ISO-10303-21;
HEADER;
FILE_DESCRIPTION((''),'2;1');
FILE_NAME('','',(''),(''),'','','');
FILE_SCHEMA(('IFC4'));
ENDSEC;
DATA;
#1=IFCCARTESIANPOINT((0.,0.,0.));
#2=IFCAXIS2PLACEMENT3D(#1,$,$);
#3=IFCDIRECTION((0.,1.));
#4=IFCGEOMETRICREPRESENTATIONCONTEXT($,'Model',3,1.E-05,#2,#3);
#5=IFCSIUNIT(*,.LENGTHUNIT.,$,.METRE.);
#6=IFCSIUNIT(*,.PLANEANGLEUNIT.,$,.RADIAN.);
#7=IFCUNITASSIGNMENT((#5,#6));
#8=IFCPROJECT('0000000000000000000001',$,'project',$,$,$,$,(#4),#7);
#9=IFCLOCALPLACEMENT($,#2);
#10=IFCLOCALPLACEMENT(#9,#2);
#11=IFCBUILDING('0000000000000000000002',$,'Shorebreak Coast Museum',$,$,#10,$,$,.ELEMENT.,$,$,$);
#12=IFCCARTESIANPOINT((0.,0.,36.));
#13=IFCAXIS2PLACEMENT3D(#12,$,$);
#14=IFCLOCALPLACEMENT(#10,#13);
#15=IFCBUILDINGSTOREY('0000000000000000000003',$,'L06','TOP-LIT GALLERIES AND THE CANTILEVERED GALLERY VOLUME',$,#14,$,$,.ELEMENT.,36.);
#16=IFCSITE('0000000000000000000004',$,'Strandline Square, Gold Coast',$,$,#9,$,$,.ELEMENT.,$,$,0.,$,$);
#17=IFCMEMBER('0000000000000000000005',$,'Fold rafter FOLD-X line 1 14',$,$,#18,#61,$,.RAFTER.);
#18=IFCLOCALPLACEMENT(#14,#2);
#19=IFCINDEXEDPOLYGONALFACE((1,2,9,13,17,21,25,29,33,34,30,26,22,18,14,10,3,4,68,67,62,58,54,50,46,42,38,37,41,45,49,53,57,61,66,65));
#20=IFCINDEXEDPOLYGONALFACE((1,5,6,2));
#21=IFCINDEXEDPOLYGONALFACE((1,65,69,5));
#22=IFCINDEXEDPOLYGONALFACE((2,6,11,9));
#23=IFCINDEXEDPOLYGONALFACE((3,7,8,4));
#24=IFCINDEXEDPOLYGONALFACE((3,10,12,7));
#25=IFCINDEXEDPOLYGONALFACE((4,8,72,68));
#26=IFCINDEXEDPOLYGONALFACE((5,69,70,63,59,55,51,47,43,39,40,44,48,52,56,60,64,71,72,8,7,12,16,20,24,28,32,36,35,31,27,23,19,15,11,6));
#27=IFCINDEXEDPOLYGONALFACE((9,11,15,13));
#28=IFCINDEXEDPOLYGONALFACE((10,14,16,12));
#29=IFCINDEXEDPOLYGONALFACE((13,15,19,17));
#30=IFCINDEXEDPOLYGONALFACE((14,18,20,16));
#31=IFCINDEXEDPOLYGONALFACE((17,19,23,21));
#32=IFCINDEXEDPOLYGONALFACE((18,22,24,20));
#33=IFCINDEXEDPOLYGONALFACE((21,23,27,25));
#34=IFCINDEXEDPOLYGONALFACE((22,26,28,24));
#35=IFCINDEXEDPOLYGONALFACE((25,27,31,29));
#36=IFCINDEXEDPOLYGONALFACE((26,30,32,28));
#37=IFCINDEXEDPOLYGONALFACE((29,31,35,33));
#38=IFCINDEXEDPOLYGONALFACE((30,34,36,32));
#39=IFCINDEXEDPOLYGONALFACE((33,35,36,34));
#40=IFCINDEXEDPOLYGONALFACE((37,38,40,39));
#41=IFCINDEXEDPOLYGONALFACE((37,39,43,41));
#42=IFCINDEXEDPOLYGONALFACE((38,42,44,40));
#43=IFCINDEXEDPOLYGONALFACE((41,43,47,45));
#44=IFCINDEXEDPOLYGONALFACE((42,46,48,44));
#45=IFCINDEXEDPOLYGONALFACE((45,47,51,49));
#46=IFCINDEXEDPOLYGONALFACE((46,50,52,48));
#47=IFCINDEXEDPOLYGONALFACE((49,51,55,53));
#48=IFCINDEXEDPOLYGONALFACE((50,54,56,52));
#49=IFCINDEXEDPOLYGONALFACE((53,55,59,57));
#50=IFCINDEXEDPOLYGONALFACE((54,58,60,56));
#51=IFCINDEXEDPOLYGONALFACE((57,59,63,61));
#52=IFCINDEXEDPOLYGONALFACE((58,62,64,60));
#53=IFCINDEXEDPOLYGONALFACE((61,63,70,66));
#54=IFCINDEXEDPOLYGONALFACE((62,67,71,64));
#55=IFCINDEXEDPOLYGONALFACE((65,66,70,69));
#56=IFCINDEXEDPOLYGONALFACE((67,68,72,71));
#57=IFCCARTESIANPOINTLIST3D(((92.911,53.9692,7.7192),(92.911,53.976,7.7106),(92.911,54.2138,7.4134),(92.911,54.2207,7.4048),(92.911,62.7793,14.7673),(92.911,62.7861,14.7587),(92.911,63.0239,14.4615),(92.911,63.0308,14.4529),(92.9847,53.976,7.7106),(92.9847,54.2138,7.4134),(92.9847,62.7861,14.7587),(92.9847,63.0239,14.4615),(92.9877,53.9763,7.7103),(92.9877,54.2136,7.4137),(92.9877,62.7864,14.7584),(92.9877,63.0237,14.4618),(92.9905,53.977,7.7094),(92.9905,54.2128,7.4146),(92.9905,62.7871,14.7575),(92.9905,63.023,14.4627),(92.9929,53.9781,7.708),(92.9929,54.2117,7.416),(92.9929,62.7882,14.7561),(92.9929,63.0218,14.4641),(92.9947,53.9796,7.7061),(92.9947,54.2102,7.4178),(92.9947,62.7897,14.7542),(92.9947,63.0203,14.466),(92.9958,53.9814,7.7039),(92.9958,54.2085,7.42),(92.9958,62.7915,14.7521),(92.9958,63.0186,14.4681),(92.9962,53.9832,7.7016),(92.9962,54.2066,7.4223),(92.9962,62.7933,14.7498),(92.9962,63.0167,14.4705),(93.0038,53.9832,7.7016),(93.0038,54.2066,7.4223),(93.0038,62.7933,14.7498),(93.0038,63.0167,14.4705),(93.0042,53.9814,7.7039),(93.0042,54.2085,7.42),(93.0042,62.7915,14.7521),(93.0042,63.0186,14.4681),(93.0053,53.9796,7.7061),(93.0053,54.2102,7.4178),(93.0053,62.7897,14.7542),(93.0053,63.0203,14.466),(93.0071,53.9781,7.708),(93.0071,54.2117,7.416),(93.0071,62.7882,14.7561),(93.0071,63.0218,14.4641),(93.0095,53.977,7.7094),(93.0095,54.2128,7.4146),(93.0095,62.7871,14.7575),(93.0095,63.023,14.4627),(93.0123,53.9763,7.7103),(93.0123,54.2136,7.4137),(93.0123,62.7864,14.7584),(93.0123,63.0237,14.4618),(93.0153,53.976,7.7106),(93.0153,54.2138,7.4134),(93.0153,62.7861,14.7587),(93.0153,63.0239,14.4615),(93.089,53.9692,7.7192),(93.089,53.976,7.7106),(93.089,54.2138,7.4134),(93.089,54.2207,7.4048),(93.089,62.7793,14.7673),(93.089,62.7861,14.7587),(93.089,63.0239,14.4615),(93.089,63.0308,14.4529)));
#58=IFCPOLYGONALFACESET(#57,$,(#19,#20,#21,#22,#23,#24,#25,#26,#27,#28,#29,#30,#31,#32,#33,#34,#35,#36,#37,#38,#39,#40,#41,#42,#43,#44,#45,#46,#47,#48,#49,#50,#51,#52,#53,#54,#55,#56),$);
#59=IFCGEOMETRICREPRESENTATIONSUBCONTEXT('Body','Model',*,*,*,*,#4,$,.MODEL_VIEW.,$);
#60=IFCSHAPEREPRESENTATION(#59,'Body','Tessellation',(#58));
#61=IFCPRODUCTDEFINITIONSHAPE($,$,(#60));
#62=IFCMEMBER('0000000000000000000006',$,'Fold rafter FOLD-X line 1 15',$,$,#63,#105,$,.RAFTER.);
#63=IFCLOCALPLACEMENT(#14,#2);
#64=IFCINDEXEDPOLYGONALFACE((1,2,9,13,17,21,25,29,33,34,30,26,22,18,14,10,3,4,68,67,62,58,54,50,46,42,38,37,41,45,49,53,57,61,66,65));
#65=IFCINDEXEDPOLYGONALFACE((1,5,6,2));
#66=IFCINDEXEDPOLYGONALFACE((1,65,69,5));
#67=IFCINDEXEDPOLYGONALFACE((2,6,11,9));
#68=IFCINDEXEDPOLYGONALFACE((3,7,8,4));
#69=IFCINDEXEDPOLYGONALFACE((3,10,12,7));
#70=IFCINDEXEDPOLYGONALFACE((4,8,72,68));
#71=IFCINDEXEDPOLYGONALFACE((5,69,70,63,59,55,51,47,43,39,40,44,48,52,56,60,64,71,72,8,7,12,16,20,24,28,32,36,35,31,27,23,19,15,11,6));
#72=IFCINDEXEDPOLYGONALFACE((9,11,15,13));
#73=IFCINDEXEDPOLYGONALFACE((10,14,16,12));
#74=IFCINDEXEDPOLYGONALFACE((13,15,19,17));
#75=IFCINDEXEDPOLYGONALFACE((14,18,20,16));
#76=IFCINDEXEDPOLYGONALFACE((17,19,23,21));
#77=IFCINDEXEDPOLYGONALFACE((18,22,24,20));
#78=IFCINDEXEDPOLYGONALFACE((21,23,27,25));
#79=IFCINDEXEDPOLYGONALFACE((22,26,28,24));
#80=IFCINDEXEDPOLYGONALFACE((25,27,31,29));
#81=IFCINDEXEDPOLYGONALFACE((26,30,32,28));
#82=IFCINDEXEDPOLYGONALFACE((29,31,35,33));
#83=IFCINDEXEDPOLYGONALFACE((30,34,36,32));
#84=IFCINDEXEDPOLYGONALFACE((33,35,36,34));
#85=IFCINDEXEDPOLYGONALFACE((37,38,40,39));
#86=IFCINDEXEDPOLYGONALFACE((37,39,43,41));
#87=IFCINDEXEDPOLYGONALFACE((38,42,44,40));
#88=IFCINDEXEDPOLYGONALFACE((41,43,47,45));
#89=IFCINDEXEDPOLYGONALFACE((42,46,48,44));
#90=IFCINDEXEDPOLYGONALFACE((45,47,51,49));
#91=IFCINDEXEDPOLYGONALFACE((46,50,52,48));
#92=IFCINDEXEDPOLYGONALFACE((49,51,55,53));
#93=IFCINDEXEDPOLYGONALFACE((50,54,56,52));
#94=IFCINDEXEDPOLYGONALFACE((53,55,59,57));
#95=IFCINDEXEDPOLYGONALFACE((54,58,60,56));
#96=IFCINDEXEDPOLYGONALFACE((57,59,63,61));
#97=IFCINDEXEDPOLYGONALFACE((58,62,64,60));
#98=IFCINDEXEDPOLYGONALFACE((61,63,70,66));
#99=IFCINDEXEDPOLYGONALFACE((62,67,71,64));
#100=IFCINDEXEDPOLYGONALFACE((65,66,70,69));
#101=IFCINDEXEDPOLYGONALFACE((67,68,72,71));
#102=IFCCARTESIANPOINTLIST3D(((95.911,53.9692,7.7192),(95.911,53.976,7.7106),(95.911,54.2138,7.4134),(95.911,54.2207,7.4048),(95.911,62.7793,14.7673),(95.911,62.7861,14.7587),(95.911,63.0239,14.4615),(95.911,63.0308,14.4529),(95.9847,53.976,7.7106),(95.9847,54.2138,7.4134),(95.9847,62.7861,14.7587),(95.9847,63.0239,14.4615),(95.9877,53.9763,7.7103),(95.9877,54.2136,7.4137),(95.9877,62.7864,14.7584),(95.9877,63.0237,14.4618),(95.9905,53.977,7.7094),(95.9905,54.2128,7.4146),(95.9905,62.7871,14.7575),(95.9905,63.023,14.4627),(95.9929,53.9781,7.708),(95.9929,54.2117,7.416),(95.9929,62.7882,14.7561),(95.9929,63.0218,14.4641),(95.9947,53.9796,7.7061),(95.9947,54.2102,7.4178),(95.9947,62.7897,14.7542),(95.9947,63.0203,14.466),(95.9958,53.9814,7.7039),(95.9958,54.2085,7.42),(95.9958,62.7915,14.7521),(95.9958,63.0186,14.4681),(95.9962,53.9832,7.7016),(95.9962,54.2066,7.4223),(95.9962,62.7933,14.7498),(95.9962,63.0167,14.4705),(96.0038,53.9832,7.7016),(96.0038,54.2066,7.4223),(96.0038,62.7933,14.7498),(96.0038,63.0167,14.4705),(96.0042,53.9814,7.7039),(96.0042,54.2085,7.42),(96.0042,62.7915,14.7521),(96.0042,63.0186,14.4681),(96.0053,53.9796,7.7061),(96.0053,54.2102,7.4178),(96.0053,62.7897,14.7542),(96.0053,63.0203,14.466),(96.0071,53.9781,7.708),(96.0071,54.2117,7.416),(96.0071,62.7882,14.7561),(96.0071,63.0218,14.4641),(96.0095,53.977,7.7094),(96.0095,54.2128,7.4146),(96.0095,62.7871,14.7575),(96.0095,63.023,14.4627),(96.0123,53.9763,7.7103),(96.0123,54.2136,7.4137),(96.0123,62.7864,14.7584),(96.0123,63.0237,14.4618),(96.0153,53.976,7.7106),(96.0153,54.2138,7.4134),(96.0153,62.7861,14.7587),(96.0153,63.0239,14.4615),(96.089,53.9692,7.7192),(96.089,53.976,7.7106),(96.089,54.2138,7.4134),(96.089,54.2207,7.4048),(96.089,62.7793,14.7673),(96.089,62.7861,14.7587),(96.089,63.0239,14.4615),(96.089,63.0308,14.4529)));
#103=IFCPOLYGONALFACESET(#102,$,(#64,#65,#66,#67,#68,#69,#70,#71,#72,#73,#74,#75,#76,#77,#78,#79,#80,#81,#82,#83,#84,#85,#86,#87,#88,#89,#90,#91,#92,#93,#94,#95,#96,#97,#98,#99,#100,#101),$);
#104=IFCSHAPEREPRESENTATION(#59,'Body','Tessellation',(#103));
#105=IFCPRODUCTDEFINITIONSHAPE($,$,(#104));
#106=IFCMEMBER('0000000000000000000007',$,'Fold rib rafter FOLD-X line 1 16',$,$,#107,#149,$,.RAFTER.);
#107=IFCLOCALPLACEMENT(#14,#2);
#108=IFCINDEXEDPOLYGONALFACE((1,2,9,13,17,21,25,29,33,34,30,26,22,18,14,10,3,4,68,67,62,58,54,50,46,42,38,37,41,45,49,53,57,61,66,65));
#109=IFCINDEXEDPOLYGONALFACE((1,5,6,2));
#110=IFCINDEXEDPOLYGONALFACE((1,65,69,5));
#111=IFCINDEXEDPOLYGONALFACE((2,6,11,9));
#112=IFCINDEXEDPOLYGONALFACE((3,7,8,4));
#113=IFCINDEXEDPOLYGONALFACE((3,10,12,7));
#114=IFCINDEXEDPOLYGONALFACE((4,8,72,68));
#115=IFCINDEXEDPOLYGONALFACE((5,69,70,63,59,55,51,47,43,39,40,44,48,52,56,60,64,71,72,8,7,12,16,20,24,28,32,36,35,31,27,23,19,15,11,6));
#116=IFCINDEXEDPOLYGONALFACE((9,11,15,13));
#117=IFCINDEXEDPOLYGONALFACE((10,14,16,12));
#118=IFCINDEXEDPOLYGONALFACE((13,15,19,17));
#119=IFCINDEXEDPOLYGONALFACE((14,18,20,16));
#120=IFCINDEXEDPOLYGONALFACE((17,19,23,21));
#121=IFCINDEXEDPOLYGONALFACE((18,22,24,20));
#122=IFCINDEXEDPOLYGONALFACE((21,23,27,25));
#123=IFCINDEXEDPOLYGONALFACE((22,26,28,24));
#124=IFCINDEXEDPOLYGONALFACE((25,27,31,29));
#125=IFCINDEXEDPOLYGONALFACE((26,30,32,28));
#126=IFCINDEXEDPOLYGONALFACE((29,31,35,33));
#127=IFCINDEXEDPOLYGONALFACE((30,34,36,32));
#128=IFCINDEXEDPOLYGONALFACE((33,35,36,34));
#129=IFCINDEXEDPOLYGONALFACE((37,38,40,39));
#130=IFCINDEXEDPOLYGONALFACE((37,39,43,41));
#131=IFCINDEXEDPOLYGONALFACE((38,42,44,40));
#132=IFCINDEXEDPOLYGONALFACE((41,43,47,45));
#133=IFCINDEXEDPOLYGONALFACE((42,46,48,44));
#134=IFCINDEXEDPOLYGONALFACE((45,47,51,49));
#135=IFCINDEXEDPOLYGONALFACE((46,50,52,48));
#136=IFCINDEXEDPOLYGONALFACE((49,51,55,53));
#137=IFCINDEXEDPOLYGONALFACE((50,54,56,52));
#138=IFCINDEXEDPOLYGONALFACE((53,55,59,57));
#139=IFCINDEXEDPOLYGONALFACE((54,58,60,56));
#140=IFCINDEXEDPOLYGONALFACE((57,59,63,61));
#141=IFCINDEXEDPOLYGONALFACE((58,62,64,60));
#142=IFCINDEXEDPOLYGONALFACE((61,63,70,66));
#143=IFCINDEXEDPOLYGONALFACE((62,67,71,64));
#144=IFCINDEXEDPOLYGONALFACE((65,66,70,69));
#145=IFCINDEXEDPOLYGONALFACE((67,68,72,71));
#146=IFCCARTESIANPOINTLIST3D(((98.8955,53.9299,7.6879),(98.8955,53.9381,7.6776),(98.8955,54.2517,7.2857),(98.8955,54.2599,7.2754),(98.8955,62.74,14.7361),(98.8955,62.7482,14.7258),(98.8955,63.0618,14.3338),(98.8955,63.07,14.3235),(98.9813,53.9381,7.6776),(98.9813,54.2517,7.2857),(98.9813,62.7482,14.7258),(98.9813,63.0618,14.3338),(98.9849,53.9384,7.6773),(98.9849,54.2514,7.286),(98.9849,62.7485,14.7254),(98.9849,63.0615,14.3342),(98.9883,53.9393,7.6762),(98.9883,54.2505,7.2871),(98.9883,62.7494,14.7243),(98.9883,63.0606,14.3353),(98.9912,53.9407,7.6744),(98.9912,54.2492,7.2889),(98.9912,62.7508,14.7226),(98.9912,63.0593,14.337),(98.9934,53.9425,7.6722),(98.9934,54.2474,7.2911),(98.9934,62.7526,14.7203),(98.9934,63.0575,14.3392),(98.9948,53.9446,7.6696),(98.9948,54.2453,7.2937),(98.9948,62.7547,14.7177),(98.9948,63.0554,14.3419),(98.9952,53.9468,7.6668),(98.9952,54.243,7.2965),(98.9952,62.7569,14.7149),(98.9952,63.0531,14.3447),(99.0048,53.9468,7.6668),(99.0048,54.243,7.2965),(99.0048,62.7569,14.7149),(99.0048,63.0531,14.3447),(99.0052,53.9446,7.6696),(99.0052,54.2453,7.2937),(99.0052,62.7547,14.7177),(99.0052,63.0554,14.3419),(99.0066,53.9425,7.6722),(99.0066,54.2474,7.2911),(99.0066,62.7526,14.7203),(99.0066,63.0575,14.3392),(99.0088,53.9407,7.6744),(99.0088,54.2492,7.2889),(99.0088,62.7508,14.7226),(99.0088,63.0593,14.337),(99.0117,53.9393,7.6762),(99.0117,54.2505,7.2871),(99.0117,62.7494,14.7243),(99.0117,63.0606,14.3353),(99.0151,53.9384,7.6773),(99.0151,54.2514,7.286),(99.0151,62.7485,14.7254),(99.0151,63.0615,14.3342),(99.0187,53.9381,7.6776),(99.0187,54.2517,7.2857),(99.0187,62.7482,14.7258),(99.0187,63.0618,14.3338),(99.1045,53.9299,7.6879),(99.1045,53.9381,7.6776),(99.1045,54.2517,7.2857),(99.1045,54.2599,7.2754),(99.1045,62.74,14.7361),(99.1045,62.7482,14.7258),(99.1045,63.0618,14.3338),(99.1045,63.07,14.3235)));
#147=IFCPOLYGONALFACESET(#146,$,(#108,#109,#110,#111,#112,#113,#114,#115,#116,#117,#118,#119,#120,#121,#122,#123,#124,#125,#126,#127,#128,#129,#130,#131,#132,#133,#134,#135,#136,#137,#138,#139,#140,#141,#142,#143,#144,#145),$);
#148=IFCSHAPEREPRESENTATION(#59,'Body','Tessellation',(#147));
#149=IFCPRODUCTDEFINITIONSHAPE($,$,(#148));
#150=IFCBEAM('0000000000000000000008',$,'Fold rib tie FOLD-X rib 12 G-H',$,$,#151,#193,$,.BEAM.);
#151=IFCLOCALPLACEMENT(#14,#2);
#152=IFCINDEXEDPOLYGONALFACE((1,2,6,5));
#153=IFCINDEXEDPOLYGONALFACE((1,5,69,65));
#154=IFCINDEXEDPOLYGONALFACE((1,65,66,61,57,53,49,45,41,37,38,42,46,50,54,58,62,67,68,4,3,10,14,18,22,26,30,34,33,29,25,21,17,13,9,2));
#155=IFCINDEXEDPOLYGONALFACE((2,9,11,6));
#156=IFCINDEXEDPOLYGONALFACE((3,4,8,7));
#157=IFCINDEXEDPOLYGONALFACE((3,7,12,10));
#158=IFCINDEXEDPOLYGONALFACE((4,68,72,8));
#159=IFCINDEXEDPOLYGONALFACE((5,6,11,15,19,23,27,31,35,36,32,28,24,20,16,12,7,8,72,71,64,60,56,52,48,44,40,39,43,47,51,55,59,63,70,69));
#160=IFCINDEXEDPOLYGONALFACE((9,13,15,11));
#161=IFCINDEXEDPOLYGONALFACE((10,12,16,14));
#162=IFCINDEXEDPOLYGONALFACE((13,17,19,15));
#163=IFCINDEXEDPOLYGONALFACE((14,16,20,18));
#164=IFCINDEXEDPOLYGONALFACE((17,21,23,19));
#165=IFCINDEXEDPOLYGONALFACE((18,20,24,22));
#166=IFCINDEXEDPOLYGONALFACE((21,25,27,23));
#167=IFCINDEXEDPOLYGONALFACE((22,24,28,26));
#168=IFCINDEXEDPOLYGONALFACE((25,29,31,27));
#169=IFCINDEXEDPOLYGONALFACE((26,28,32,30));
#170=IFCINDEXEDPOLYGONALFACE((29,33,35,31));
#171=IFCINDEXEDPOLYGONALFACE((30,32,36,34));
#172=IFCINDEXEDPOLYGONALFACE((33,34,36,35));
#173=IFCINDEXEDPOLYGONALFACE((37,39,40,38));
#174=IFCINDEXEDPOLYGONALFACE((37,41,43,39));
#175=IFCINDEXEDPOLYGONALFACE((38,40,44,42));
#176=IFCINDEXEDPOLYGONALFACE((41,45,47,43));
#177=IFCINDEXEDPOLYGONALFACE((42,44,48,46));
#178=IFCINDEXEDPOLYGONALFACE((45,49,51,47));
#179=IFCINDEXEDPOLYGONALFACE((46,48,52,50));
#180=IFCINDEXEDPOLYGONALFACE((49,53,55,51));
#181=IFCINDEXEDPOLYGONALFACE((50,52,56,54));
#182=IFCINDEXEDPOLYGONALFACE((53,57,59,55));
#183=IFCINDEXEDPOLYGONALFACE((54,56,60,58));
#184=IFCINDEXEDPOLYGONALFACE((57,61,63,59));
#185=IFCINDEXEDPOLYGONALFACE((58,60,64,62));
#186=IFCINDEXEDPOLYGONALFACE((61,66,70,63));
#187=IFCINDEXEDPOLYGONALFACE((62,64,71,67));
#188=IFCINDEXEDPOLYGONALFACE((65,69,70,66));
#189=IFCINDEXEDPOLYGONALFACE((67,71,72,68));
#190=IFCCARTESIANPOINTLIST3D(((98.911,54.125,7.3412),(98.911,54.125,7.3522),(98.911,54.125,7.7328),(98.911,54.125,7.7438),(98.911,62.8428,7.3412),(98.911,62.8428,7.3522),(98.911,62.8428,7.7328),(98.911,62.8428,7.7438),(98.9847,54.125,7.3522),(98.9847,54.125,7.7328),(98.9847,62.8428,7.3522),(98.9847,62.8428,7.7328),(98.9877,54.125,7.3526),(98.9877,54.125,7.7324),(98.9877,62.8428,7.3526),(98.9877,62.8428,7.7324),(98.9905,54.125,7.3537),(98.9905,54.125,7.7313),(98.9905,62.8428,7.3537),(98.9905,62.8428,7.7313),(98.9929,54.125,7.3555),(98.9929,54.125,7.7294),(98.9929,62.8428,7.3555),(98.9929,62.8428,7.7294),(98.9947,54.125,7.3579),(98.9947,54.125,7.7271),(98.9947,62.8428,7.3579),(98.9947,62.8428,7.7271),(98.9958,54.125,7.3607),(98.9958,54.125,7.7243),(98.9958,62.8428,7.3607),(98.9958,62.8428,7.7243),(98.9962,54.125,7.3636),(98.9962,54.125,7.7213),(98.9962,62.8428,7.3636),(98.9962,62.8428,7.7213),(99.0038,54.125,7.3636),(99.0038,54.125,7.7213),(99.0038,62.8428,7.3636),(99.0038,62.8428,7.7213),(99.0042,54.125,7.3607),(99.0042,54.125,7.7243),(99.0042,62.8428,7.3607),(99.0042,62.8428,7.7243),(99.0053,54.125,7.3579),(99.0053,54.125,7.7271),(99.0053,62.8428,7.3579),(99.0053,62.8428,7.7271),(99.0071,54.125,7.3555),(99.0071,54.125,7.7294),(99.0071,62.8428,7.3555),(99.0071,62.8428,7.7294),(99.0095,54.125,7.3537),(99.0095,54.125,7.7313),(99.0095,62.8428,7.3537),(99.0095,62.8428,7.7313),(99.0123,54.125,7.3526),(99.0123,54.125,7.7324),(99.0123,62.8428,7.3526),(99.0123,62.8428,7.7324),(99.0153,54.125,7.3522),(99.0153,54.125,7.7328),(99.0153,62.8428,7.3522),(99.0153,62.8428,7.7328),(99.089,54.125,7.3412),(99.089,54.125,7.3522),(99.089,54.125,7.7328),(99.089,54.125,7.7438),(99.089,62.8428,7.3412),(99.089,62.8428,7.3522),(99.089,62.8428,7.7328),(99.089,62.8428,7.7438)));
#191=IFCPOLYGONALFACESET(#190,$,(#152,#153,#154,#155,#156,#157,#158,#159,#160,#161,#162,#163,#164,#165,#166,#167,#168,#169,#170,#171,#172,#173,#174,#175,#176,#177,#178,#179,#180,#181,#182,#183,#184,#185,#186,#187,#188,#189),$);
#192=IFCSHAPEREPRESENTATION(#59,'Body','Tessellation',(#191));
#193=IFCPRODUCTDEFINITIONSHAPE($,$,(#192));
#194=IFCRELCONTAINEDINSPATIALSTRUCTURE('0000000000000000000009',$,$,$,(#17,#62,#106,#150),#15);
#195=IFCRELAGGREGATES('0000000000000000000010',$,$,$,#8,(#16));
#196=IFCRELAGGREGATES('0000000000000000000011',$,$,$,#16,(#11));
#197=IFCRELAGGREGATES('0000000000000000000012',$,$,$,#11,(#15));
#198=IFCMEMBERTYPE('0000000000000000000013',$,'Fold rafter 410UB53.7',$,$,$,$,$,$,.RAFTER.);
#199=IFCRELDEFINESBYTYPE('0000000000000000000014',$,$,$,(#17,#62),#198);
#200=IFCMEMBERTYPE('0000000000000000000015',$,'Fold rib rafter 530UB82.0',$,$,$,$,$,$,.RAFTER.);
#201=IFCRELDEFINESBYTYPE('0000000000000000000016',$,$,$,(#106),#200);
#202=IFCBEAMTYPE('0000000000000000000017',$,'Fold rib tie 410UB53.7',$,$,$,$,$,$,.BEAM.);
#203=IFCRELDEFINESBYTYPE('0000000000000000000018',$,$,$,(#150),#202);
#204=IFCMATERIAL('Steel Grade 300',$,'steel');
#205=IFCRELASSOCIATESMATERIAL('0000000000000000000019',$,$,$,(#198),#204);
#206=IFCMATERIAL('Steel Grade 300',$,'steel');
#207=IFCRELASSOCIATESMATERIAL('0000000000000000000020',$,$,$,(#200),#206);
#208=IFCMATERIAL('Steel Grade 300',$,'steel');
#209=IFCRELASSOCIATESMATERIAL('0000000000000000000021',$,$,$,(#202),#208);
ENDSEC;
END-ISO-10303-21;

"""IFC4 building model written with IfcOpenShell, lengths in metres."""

from ifc_helpers import new_model, si_unit, direction, frame, origin, origin_2d, place, context, subcontext, project, spatial, i_section, extrude, material, material_profile, profile_set, type_object, element, save


model = new_model("IFC4")

# Units and contexts
model_context = context("Model", 3, precision=1e-05, world=origin(), true_north=direction((0.0, 1.0)))
body_context = subcontext(model_context, "Body", "Model", "MODEL_VIEW")
ifc_project = project(units=[si_unit("LENGTHUNIT", "METRE"), si_unit("PLANEANGLEUNIT", "RADIAN")], contexts=[model_context])

# Site, building, storey
site_placement = place(None, origin())
site = spatial("IfcSite", under=ifc_project, at=site_placement, Name="Strandline Square, Gold Coast", CompositionType="ELEMENT", RefElevation=0.0)
building_placement = place(site_placement, origin())
building = spatial("IfcBuilding", under=site, at=building_placement, Name="Shorebreak Coast Museum", CompositionType="ELEMENT")
storey_placement = place(building_placement, frame((0.0, 0.0, 36.0)))
storey = spatial("IfcBuildingStorey", under=building, at=storey_placement, Name="L06", Description="TOP-LIT GALLERIES AND THE CANTILEVERED GALLERY VOLUME", CompositionType="ELEMENT", Elevation=36.0)

# Members
ifc_material_1 = material(Name="Steel Grade 300", Category="steel")
ifc_material_profile_1 = material_profile(ifc_material_1, i_section(OverallWidth=0.178, OverallDepth=0.4026, WebThickness=0.0076, FlangeThickness=0.011, FilletRadius=0.0115, at=origin_2d()), Name="410UB53.7")
ifc_profile_set_1 = profile_set([ifc_material_profile_1], Name="Steel Grade 300")
member_type_1 = type_object("IfcMemberType", Name="Fold rafter 410UB53.7", PredefinedType="RAFTER", material=ifc_profile_set_1)
for number, where, z_axis, x_axis, name in (
    (1, (93.0, 62.905, 14.6101), (0.0, -0.780867, -0.624698), (1.0, 0.0, 0.0), "Fold rafter FOLD-X line 1 14"),
    (2, (96.0, 62.905, 14.6101), (0.0, -0.780867, -0.624698), (1.0, 0.0, 0.0), "Fold rafter FOLD-X line 1 15"),
):
    element("IfcMember", number, at=place(storey_placement, frame(where, z_axis=z_axis, x_axis=x_axis)), inside=storey, type_object=member_type_1, Name=name, PredefinedType="RAFTER", context=body_context, shape_type="SweptSolid", body=[
        extrude(i_section(OverallWidth=0.178, OverallDepth=0.4026, WebThickness=0.0076, FlangeThickness=0.011, FilletRadius=0.0115, at=origin_2d()), origin(), (0.0, 0.0, 1.0), 11.2825),
    ])
ifc_material_2 = material(Name="Steel Grade 300", Category="steel")
ifc_material_profile_2 = material_profile(ifc_material_2, i_section(OverallWidth=0.209, OverallDepth=0.5283, WebThickness=0.0095, FlangeThickness=0.0132, FilletRadius=0.0139, at=origin_2d()), Name="530UB82.0")
ifc_profile_set_2 = profile_set([ifc_material_profile_2], Name="Steel Grade 300")
member_type_2 = type_object("IfcMemberType", Name="Fold rib rafter 530UB82.0", PredefinedType="RAFTER", material=ifc_profile_set_2)
member_1_placement = place(storey_placement, frame((99.0, 62.905, 14.5298), z_axis=(0.0, -0.780867, -0.624698), x_axis=(1.0, 0.0, 0.0)))
element("IfcMember", 3, at=member_1_placement, inside=storey, type_object=member_type_2, Name="Fold rib rafter FOLD-X line 1 16", PredefinedType="RAFTER", context=body_context, shape_type="SweptSolid", body=[
    extrude(i_section(OverallWidth=0.209, OverallDepth=0.5283, WebThickness=0.0095, FlangeThickness=0.0132, FilletRadius=0.0139, at=origin_2d()), origin(), (0.0, 0.0, 1.0), 11.2825),
])

# Beam
ifc_material_3 = material(Name="Steel Grade 300", Category="steel")
ifc_material_profile_3 = material_profile(ifc_material_3, i_section(OverallWidth=0.178, OverallDepth=0.4026, WebThickness=0.0076, FlangeThickness=0.011, FilletRadius=0.0115, at=origin_2d()), Name="410UB53.7")
ifc_profile_set_3 = profile_set([ifc_material_profile_3], Name="Steel Grade 300")
beam_type_1 = type_object("IfcBeamType", Name="Fold rib tie 410UB53.7", PredefinedType="BEAM", material=ifc_profile_set_3)
beam_1_placement = place(storey_placement, frame((99.0, 54.125, 7.5425), z_axis=(0.0, 1.0, 0.0), x_axis=(-1.0, 0.0, 0.0)))
element("IfcBeam", 4, at=beam_1_placement, inside=storey, type_object=beam_type_1, Name="Fold rib tie FOLD-X rib 12 G-H", PredefinedType="BEAM", context=body_context, shape_type="SweptSolid", body=[
    extrude(i_section(OverallWidth=0.178, OverallDepth=0.4026, WebThickness=0.0076, FlangeThickness=0.011, FilletRadius=0.0115, at=origin_2d()), origin(), (0.0, 0.0, 1.0), 8.7178),
])

save(model, "model.ifc")
